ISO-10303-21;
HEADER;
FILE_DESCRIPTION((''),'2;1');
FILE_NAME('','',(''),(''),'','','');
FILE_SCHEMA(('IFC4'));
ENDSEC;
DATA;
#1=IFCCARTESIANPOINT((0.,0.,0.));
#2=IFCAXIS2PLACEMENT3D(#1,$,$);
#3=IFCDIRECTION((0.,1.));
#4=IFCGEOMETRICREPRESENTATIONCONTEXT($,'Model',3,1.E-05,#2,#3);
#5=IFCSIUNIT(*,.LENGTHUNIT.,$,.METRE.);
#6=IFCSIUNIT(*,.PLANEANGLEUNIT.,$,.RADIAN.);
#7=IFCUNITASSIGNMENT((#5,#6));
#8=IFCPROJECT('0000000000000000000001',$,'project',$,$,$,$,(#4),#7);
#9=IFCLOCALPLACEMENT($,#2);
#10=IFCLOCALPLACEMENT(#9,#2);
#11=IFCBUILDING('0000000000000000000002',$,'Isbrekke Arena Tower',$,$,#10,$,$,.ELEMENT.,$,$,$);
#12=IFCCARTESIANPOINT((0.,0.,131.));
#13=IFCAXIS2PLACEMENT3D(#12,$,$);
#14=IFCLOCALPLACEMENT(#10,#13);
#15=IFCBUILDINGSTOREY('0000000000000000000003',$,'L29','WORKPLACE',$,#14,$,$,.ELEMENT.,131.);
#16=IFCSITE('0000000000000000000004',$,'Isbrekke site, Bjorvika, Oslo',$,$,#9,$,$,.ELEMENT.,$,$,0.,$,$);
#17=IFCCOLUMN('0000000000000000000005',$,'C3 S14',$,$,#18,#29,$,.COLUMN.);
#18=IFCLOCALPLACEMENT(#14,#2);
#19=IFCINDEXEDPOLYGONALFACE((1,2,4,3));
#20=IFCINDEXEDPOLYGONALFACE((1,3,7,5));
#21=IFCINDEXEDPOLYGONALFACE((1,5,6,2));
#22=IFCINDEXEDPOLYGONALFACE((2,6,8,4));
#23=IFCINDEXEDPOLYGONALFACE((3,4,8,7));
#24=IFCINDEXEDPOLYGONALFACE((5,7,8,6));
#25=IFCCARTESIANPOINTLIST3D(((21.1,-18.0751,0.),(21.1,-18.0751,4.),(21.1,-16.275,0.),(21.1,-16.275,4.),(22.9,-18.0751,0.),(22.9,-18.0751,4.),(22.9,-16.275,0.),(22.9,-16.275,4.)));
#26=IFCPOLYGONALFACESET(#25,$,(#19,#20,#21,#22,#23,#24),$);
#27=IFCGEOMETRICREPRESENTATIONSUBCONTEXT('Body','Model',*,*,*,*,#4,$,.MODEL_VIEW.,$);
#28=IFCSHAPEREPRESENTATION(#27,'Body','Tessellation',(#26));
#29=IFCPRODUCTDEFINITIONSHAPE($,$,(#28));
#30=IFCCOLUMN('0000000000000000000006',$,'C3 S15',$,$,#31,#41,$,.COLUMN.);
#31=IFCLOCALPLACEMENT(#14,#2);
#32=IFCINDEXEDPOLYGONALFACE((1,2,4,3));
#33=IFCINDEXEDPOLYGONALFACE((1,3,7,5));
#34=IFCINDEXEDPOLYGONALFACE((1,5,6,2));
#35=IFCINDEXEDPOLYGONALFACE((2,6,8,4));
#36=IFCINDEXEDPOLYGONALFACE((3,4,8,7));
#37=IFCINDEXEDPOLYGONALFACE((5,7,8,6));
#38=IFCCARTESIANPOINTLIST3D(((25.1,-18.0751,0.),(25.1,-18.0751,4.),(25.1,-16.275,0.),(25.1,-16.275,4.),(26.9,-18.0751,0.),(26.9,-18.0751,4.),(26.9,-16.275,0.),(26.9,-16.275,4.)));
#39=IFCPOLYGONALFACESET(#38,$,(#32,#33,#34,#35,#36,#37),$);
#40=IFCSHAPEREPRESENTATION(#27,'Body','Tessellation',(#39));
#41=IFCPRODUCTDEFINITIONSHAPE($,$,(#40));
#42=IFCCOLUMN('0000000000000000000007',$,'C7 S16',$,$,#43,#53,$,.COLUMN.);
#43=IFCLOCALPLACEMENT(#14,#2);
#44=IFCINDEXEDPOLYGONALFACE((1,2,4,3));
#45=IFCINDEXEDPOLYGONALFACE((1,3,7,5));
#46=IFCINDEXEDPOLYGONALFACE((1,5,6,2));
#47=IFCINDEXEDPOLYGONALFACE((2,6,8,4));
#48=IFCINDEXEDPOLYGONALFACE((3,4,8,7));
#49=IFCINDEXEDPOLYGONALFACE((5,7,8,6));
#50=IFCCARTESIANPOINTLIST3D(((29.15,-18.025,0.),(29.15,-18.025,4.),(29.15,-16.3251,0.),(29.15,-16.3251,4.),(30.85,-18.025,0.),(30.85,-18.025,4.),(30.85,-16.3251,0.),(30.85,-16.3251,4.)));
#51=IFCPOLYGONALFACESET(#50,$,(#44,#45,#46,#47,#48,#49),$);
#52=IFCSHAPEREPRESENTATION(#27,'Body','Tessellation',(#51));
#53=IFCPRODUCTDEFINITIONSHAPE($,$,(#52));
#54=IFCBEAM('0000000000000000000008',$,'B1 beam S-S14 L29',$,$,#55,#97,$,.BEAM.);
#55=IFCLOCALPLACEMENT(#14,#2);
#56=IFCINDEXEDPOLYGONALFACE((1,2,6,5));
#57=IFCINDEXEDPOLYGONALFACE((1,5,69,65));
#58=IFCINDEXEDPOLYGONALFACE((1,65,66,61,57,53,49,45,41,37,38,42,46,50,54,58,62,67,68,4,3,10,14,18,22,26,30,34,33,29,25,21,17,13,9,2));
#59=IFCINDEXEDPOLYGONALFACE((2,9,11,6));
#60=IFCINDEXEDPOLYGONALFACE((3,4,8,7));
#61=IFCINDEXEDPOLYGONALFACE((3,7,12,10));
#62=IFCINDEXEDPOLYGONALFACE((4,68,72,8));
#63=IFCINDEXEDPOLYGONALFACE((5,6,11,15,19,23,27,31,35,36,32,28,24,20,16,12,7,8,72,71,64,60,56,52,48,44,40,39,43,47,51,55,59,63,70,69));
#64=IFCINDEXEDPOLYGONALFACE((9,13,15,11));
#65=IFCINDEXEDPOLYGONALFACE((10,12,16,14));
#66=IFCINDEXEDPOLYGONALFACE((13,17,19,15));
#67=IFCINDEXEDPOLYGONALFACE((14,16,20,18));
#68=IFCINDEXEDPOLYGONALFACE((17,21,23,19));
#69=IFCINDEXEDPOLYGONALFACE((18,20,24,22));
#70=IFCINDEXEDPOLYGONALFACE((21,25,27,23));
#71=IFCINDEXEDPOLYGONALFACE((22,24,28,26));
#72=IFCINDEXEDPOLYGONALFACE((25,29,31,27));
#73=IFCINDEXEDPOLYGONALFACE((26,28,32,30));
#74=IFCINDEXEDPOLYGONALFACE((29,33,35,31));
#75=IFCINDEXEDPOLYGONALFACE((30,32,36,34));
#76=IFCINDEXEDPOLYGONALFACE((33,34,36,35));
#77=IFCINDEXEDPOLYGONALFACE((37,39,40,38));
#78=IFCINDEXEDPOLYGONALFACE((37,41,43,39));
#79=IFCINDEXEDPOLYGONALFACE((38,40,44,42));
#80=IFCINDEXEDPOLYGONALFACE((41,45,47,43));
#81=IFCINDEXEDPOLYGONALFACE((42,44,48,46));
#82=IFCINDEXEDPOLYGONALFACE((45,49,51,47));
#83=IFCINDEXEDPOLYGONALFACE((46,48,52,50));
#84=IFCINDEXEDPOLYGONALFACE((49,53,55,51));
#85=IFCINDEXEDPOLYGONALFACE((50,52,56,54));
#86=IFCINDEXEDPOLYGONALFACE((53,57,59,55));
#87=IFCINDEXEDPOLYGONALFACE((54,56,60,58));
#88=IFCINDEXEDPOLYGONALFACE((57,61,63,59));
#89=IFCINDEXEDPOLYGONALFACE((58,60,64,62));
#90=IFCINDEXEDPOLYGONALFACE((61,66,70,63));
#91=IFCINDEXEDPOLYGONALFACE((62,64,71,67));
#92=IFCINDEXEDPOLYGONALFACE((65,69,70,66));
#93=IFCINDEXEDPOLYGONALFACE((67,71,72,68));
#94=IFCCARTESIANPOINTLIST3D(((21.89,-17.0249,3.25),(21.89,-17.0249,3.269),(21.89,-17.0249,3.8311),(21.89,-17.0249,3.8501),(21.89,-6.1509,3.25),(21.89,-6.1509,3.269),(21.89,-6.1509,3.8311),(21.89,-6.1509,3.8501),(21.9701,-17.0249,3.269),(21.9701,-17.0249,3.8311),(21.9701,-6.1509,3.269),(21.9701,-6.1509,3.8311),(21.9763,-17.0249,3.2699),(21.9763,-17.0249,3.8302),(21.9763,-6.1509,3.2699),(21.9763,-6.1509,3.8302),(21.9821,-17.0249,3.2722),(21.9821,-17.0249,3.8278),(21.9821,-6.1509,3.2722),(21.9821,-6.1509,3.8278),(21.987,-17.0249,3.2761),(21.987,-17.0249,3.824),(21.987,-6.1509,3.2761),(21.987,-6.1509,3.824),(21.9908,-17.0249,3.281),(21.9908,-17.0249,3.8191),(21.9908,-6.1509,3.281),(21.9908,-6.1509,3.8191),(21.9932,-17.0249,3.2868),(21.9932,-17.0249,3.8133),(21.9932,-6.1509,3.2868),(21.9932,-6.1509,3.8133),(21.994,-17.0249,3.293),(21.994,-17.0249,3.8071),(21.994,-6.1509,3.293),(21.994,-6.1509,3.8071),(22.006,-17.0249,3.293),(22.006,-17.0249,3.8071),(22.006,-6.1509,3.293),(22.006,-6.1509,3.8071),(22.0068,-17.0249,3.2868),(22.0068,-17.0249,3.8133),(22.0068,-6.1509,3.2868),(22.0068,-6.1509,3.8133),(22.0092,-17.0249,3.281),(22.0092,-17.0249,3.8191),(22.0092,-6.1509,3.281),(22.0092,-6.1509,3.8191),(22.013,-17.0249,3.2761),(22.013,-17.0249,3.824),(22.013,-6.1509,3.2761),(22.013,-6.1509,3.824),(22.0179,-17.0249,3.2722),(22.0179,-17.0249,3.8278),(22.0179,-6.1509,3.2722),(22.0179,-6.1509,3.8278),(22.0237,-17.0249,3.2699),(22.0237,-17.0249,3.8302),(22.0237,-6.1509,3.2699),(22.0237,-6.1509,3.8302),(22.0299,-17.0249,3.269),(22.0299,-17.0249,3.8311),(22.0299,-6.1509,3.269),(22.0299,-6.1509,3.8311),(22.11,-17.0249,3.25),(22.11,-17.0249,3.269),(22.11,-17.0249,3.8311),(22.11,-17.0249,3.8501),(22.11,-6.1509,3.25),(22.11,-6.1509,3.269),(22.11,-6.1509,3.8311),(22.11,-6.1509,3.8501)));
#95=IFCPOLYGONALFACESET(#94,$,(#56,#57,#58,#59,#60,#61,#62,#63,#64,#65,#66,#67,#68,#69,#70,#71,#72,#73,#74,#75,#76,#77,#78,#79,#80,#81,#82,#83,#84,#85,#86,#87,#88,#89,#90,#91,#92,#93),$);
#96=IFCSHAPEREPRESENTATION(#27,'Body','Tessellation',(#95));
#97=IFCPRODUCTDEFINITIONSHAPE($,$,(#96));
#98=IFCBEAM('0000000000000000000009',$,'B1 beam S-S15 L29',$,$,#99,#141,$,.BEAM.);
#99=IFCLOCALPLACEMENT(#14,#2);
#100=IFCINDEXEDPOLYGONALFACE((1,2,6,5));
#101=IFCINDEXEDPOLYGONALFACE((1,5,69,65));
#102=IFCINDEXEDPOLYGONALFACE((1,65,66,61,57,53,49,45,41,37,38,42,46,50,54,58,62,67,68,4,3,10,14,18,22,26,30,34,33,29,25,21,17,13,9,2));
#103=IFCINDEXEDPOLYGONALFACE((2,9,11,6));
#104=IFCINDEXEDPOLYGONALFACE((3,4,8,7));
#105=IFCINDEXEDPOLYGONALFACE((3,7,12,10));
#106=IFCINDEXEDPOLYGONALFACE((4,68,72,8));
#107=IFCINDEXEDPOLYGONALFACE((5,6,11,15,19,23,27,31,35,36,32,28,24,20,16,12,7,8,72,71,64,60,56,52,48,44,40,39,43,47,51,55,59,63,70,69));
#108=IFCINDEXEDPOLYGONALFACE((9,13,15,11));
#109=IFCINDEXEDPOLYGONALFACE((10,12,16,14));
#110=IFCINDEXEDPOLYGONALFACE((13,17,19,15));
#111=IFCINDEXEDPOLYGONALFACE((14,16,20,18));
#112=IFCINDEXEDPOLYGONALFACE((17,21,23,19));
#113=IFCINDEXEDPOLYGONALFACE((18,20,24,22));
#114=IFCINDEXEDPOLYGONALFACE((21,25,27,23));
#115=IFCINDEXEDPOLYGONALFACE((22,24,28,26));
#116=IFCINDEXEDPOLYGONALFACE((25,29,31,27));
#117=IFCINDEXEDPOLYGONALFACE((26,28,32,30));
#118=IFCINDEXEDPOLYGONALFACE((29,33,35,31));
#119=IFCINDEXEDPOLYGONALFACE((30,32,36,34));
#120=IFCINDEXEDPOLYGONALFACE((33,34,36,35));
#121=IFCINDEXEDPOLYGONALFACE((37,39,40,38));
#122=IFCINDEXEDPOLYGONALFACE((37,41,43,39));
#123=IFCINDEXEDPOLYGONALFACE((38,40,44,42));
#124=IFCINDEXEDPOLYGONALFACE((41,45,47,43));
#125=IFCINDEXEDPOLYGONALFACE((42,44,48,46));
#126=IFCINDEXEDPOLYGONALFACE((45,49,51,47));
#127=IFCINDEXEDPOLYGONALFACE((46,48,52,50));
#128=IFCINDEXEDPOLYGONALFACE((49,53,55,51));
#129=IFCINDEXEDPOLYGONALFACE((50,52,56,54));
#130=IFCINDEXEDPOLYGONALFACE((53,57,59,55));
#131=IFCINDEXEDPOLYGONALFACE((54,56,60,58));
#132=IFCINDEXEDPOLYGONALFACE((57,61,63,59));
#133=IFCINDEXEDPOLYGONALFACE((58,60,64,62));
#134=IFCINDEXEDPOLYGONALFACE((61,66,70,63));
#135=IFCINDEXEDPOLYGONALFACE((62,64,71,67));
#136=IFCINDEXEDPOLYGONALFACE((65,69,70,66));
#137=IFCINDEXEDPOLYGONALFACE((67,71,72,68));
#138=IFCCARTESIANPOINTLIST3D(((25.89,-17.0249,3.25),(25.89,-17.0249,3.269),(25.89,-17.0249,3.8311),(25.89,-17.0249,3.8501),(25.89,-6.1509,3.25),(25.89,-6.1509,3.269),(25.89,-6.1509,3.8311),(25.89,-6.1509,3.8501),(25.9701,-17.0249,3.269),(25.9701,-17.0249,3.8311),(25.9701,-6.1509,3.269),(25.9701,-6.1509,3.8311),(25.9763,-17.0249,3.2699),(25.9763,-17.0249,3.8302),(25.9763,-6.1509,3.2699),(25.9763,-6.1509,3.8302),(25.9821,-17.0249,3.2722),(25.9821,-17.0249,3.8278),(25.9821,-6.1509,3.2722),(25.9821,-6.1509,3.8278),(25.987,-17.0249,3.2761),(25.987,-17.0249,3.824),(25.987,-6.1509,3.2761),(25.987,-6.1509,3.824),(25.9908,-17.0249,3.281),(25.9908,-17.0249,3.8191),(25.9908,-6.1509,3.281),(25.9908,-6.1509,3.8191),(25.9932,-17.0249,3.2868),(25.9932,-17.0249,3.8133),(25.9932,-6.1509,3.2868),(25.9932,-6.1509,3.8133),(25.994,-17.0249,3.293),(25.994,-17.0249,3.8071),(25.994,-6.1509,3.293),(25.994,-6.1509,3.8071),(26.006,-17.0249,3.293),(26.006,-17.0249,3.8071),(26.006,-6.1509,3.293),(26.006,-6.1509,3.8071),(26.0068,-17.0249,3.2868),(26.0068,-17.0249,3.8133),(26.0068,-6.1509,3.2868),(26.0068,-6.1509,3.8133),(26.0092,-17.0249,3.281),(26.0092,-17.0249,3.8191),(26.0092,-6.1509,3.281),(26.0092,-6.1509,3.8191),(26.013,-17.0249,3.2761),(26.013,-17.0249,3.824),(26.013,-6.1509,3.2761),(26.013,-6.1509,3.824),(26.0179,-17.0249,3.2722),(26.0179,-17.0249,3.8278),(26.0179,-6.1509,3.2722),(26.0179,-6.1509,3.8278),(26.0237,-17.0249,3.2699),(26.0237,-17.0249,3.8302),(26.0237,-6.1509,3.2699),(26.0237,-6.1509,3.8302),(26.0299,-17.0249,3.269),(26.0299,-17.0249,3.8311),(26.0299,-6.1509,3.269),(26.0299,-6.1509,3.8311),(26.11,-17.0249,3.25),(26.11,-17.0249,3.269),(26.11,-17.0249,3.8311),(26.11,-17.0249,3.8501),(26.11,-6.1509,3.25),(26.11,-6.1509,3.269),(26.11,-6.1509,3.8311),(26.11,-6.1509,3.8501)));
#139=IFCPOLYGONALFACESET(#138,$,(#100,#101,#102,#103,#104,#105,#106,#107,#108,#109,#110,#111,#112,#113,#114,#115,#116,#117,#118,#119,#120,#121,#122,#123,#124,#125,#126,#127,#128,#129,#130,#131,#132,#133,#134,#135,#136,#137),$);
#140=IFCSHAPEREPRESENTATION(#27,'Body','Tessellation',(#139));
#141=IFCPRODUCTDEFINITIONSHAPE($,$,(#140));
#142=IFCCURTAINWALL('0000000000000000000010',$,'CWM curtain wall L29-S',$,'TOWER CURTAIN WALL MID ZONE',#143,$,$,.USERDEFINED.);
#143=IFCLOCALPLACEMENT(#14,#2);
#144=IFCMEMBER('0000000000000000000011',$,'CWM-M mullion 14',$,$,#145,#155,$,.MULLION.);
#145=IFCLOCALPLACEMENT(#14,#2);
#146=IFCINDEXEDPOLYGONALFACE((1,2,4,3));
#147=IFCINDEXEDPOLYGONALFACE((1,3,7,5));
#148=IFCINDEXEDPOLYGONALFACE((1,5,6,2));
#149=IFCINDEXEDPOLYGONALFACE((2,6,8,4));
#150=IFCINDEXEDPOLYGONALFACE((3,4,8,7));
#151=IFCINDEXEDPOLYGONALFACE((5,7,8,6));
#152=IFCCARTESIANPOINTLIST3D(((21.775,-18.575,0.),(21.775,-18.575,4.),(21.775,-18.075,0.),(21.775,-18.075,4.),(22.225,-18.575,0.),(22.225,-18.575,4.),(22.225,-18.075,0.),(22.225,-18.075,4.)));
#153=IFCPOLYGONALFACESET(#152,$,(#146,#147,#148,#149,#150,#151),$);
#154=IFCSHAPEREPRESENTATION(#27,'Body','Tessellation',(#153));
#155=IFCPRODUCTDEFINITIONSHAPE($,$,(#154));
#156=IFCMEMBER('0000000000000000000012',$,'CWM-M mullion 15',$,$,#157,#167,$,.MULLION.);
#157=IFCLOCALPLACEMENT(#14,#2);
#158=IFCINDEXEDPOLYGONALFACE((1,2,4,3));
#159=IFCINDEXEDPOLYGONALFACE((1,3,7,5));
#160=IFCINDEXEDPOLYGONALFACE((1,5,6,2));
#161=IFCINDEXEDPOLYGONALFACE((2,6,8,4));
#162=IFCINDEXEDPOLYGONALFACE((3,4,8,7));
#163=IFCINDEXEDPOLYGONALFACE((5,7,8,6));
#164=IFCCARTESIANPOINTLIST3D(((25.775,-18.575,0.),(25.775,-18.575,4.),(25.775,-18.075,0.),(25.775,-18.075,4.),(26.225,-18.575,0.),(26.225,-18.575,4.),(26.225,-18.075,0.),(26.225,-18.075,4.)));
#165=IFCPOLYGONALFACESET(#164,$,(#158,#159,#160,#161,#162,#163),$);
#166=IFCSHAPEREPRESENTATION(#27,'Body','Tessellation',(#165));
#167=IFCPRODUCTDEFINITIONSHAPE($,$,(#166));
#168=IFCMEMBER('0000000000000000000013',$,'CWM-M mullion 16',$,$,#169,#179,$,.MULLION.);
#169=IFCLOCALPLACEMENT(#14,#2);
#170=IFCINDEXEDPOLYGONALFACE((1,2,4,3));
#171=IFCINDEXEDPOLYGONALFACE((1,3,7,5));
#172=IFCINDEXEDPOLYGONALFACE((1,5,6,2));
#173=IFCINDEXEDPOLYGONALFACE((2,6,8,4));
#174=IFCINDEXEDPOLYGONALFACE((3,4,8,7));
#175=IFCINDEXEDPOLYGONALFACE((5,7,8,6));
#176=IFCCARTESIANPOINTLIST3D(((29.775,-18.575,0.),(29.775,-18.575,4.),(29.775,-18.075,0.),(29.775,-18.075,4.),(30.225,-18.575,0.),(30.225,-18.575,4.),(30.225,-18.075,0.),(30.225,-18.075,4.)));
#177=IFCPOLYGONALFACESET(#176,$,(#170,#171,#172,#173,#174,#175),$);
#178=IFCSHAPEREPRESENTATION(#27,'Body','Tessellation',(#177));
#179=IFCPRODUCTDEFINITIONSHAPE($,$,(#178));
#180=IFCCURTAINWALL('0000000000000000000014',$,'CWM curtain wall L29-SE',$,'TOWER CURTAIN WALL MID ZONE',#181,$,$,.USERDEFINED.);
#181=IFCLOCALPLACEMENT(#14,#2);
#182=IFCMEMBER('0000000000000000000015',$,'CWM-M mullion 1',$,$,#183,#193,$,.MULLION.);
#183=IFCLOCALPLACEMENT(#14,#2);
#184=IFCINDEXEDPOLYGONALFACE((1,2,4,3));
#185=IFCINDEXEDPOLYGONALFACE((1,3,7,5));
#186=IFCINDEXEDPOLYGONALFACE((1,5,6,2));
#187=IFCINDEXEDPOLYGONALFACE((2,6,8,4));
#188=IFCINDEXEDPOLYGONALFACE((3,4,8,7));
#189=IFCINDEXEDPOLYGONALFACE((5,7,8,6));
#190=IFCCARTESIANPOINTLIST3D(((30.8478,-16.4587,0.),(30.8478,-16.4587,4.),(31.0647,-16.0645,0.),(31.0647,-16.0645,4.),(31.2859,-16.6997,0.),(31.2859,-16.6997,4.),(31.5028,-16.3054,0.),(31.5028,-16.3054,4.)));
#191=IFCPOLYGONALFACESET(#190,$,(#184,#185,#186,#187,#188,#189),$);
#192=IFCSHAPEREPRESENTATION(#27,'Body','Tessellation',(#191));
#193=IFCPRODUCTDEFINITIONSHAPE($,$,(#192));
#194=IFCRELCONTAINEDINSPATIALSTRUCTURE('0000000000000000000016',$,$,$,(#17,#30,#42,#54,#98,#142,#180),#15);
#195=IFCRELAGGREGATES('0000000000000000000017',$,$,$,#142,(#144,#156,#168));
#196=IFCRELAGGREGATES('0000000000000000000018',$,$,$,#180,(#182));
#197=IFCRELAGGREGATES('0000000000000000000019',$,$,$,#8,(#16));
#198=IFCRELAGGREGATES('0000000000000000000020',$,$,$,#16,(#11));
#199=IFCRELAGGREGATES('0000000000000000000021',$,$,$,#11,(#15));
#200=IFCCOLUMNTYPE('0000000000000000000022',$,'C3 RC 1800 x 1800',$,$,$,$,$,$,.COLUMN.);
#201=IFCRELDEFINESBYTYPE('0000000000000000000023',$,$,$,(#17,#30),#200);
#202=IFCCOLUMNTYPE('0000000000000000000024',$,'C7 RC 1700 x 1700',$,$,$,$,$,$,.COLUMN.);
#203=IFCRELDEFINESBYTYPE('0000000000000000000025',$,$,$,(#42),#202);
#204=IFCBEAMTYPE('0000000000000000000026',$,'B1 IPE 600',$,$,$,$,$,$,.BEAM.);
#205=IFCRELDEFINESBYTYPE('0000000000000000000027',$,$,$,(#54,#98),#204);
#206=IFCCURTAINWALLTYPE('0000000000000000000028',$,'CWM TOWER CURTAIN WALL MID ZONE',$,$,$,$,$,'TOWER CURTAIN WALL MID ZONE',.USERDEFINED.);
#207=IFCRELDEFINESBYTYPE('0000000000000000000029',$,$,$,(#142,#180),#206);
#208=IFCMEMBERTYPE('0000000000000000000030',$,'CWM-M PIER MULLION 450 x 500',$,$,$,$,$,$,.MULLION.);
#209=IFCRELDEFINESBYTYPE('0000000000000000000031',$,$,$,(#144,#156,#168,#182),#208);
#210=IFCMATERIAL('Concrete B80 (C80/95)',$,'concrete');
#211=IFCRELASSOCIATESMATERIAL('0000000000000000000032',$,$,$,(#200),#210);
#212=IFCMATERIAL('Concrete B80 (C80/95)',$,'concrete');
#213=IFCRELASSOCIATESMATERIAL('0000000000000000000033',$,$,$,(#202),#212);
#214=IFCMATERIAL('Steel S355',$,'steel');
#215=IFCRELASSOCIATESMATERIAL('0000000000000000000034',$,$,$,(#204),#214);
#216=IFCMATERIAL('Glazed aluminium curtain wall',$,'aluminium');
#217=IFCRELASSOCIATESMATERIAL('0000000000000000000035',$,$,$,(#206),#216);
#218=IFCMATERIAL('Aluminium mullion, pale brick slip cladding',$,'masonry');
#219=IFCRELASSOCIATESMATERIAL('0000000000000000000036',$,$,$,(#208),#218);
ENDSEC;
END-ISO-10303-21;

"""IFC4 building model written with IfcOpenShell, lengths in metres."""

from ifc_helpers import new_model, si_unit, direction, frame, origin, origin_2d, place, context, subcontext, project, spatial, rectangle, i_section, extrude, material, material_profile, profile_set, type_object, element, aggregate, save


model = new_model("IFC4")

# Units and contexts
model_context = context("Model", 3, precision=1e-05, world=origin(), true_north=direction((0.0, 1.0)))
body_context = subcontext(model_context, "Body", "Model", "MODEL_VIEW")
ifc_project = project(units=[si_unit("LENGTHUNIT", "METRE"), si_unit("PLANEANGLEUNIT", "RADIAN")], contexts=[model_context])

# Site, building, storey
site_placement = place(None, origin())
site = spatial("IfcSite", under=ifc_project, at=site_placement, Name="Isbrekke site, Bjorvika, Oslo", CompositionType="ELEMENT", RefElevation=0.0)
building_placement = place(site_placement, origin())
building = spatial("IfcBuilding", under=site, at=building_placement, Name="Isbrekke Arena Tower", CompositionType="ELEMENT")
storey_placement = place(building_placement, frame((0.0, 0.0, 131.0)))
storey = spatial("IfcBuildingStorey", under=building, at=storey_placement, Name="L29", Description="WORKPLACE", CompositionType="ELEMENT", Elevation=131.0)

# Columns
ifc_material_1 = material(Name="Concrete B80 (C80/95)", Category="concrete")
ifc_material_profile_1 = material_profile(ifc_material_1, rectangle(XDim=1.8, YDim=1.8, at=origin_2d()), Name="RC 1800x1800")
ifc_profile_set_1 = profile_set([ifc_material_profile_1], Name="Concrete B80 (C80/95)")
column_type_1 = type_object("IfcColumnType", Name="C3 RC 1800 x 1800", PredefinedType="COLUMN", material=ifc_profile_set_1)
for number, where, z_axis, x_axis, name in (
    (1, (22.0, -17.175, 0.0), (0.0, 0.0, 1.0), (1.0, 0.0, 0.0), "C3 S14"),
    (2, (26.0, -17.175, 0.0), (0.0, 0.0, 1.0), (1.0, 0.0, 0.0), "C3 S15"),
):
    element("IfcColumn", number, at=place(storey_placement, frame(where, z_axis=z_axis, x_axis=x_axis)), inside=storey, type_object=column_type_1, Name=name, PredefinedType="COLUMN", context=body_context, shape_type="SweptSolid", body=[
        extrude(rectangle(XDim=1.8, YDim=1.8, at=origin_2d()), origin(), (0.0, 0.0, 1.0), 4.0),
    ])
ifc_material_2 = material(Name="Concrete B80 (C80/95)", Category="concrete")
ifc_material_profile_2 = material_profile(ifc_material_2, rectangle(XDim=1.7, YDim=1.7, at=origin_2d()), Name="RC 1700x1700")
ifc_profile_set_2 = profile_set([ifc_material_profile_2], Name="Concrete B80 (C80/95)")
column_type_2 = type_object("IfcColumnType", Name="C7 RC 1700 x 1700", PredefinedType="COLUMN", material=ifc_profile_set_2)
column_placement = place(storey_placement, frame((30.0, -17.175, 0.0), z_axis=(0.0, 0.0, 1.0), x_axis=(1.0, 0.0, 0.0)))
element("IfcColumn", 3, at=column_placement, inside=storey, type_object=column_type_2, Name="C7 S16", PredefinedType="COLUMN", context=body_context, shape_type="SweptSolid", body=[
    extrude(rectangle(XDim=1.7, YDim=1.7, at=origin_2d()), origin(), (0.0, 0.0, 1.0), 4.0),
])

# Beams
ifc_material_3 = material(Name="Steel S355", Category="steel")
ifc_material_profile_3 = material_profile(ifc_material_3, i_section(OverallWidth=0.22, OverallDepth=0.6001, WebThickness=0.012, FlangeThickness=0.019, FilletRadius=0.0239, at=origin_2d()), Name="IPE 600")
ifc_profile_set_3 = profile_set([ifc_material_profile_3], Name="Steel S355")
beam_type_1 = type_object("IfcBeamType", Name="B1 IPE 600", PredefinedType="BEAM", material=ifc_profile_set_3)
for number, where, z_axis, x_axis, name in (
    (4, (22.0, -17.0249, 3.55), (0.0, 1.0, 0.0), (-1.0, 0.0, 0.0), "B1 beam S-S14 L29"),
    (5, (26.0, -17.0249, 3.55), (0.0, 1.0, 0.0), (-1.0, 0.0, 0.0), "B1 beam S-S15 L29"),
):
    element("IfcBeam", number, at=place(storey_placement, frame(where, z_axis=z_axis, x_axis=x_axis)), inside=storey, type_object=beam_type_1, Name=name, PredefinedType="BEAM", context=body_context, shape_type="SweptSolid", body=[
        extrude(i_section(OverallWidth=0.22, OverallDepth=0.6001, WebThickness=0.012, FlangeThickness=0.019, FilletRadius=0.0239, at=origin_2d()), origin(), (0.0, 0.0, 1.0), 10.874),
    ])

# Curtain walls, members
ifc_material_4 = material(Name="Glazed aluminium curtain wall", Category="aluminium")
curtain_wall_type = type_object("IfcCurtainWallType", Name="CWM TOWER CURTAIN WALL MID ZONE", ElementType="TOWER CURTAIN WALL MID ZONE", PredefinedType="USERDEFINED", material=ifc_material_4)
curtain_wall_1_placement = place(storey_placement, origin())
curtain_wall_1 = element("IfcCurtainWall", 6, at=curtain_wall_1_placement, inside=storey, type_object=curtain_wall_type, Name="CWM curtain wall L29-S", ObjectType="TOWER CURTAIN WALL MID ZONE", PredefinedType="USERDEFINED")
ifc_material_5 = material(Name="Aluminium mullion, pale brick slip cladding", Category="masonry")
ifc_material_profile_4 = material_profile(ifc_material_5, rectangle(XDim=0.45, YDim=0.5, at=origin_2d()), Name="PIER 450X500")
ifc_profile_set_4 = profile_set([ifc_material_profile_4], Name="Aluminium mullion, pale brick slip cladding")
member_type_1 = type_object("IfcMemberType", Name="CWM-M PIER MULLION 450 x 500", PredefinedType="MULLION", material=ifc_profile_set_4)
member_1_placement = place(storey_placement, frame((22.0, -18.325, 0.0), z_axis=(0.0, 0.0, 1.0), x_axis=(1.0, 0.0, 0.0)))
member_1 = element("IfcMember", 7, at=member_1_placement, type_object=member_type_1, Name="CWM-M mullion 14", PredefinedType="MULLION", context=body_context, shape_type="SweptSolid", body=[
    extrude(rectangle(XDim=0.45, YDim=0.5, at=origin_2d()), origin(), (0.0, 0.0, 1.0), 4.0),
])
member_2_placement = place(storey_placement, frame((26.0, -18.325, 0.0), z_axis=(0.0, 0.0, 1.0), x_axis=(1.0, 0.0, 0.0)))
member_2 = element("IfcMember", 8, at=member_2_placement, type_object=member_type_1, Name="CWM-M mullion 15", PredefinedType="MULLION", context=body_context, shape_type="SweptSolid", body=[
    extrude(rectangle(XDim=0.45, YDim=0.5, at=origin_2d()), origin(), (0.0, 0.0, 1.0), 4.0),
])
member_3_placement = place(storey_placement, frame((30.0, -18.325, 0.0), z_axis=(0.0, 0.0, 1.0), x_axis=(1.0, 0.0, 0.0)))
member_3 = element("IfcMember", 9, at=member_3_placement, type_object=member_type_1, Name="CWM-M mullion 16", PredefinedType="MULLION", context=body_context, shape_type="SweptSolid", body=[
    extrude(rectangle(XDim=0.45, YDim=0.5, at=origin_2d()), origin(), (0.0, 0.0, 1.0), 4.0),
])
curtain_wall_2_placement = place(storey_placement, origin())
curtain_wall_2 = element("IfcCurtainWall", 10, at=curtain_wall_2_placement, inside=storey, type_object=curtain_wall_type, Name="CWM curtain wall L29-SE", ObjectType="TOWER CURTAIN WALL MID ZONE", PredefinedType="USERDEFINED")
member_4_placement = place(storey_placement, frame((31.1753, -16.3821, 0.0), z_axis=(0.0, 0.0, 1.0), x_axis=(0.481919, 0.876216, 0.0)))
member_4 = element("IfcMember", 11, at=member_4_placement, type_object=member_type_1, Name="CWM-M mullion 1", PredefinedType="MULLION", context=body_context, shape_type="SweptSolid", body=[
    extrude(rectangle(XDim=0.45, YDim=0.5, at=origin_2d()), origin(), (0.0, 0.0, 1.0), 4.0),
])

aggregate(curtain_wall_1, [member_1, member_2, member_3])
aggregate(curtain_wall_2, [member_4])

save(model, "model.ifc")
